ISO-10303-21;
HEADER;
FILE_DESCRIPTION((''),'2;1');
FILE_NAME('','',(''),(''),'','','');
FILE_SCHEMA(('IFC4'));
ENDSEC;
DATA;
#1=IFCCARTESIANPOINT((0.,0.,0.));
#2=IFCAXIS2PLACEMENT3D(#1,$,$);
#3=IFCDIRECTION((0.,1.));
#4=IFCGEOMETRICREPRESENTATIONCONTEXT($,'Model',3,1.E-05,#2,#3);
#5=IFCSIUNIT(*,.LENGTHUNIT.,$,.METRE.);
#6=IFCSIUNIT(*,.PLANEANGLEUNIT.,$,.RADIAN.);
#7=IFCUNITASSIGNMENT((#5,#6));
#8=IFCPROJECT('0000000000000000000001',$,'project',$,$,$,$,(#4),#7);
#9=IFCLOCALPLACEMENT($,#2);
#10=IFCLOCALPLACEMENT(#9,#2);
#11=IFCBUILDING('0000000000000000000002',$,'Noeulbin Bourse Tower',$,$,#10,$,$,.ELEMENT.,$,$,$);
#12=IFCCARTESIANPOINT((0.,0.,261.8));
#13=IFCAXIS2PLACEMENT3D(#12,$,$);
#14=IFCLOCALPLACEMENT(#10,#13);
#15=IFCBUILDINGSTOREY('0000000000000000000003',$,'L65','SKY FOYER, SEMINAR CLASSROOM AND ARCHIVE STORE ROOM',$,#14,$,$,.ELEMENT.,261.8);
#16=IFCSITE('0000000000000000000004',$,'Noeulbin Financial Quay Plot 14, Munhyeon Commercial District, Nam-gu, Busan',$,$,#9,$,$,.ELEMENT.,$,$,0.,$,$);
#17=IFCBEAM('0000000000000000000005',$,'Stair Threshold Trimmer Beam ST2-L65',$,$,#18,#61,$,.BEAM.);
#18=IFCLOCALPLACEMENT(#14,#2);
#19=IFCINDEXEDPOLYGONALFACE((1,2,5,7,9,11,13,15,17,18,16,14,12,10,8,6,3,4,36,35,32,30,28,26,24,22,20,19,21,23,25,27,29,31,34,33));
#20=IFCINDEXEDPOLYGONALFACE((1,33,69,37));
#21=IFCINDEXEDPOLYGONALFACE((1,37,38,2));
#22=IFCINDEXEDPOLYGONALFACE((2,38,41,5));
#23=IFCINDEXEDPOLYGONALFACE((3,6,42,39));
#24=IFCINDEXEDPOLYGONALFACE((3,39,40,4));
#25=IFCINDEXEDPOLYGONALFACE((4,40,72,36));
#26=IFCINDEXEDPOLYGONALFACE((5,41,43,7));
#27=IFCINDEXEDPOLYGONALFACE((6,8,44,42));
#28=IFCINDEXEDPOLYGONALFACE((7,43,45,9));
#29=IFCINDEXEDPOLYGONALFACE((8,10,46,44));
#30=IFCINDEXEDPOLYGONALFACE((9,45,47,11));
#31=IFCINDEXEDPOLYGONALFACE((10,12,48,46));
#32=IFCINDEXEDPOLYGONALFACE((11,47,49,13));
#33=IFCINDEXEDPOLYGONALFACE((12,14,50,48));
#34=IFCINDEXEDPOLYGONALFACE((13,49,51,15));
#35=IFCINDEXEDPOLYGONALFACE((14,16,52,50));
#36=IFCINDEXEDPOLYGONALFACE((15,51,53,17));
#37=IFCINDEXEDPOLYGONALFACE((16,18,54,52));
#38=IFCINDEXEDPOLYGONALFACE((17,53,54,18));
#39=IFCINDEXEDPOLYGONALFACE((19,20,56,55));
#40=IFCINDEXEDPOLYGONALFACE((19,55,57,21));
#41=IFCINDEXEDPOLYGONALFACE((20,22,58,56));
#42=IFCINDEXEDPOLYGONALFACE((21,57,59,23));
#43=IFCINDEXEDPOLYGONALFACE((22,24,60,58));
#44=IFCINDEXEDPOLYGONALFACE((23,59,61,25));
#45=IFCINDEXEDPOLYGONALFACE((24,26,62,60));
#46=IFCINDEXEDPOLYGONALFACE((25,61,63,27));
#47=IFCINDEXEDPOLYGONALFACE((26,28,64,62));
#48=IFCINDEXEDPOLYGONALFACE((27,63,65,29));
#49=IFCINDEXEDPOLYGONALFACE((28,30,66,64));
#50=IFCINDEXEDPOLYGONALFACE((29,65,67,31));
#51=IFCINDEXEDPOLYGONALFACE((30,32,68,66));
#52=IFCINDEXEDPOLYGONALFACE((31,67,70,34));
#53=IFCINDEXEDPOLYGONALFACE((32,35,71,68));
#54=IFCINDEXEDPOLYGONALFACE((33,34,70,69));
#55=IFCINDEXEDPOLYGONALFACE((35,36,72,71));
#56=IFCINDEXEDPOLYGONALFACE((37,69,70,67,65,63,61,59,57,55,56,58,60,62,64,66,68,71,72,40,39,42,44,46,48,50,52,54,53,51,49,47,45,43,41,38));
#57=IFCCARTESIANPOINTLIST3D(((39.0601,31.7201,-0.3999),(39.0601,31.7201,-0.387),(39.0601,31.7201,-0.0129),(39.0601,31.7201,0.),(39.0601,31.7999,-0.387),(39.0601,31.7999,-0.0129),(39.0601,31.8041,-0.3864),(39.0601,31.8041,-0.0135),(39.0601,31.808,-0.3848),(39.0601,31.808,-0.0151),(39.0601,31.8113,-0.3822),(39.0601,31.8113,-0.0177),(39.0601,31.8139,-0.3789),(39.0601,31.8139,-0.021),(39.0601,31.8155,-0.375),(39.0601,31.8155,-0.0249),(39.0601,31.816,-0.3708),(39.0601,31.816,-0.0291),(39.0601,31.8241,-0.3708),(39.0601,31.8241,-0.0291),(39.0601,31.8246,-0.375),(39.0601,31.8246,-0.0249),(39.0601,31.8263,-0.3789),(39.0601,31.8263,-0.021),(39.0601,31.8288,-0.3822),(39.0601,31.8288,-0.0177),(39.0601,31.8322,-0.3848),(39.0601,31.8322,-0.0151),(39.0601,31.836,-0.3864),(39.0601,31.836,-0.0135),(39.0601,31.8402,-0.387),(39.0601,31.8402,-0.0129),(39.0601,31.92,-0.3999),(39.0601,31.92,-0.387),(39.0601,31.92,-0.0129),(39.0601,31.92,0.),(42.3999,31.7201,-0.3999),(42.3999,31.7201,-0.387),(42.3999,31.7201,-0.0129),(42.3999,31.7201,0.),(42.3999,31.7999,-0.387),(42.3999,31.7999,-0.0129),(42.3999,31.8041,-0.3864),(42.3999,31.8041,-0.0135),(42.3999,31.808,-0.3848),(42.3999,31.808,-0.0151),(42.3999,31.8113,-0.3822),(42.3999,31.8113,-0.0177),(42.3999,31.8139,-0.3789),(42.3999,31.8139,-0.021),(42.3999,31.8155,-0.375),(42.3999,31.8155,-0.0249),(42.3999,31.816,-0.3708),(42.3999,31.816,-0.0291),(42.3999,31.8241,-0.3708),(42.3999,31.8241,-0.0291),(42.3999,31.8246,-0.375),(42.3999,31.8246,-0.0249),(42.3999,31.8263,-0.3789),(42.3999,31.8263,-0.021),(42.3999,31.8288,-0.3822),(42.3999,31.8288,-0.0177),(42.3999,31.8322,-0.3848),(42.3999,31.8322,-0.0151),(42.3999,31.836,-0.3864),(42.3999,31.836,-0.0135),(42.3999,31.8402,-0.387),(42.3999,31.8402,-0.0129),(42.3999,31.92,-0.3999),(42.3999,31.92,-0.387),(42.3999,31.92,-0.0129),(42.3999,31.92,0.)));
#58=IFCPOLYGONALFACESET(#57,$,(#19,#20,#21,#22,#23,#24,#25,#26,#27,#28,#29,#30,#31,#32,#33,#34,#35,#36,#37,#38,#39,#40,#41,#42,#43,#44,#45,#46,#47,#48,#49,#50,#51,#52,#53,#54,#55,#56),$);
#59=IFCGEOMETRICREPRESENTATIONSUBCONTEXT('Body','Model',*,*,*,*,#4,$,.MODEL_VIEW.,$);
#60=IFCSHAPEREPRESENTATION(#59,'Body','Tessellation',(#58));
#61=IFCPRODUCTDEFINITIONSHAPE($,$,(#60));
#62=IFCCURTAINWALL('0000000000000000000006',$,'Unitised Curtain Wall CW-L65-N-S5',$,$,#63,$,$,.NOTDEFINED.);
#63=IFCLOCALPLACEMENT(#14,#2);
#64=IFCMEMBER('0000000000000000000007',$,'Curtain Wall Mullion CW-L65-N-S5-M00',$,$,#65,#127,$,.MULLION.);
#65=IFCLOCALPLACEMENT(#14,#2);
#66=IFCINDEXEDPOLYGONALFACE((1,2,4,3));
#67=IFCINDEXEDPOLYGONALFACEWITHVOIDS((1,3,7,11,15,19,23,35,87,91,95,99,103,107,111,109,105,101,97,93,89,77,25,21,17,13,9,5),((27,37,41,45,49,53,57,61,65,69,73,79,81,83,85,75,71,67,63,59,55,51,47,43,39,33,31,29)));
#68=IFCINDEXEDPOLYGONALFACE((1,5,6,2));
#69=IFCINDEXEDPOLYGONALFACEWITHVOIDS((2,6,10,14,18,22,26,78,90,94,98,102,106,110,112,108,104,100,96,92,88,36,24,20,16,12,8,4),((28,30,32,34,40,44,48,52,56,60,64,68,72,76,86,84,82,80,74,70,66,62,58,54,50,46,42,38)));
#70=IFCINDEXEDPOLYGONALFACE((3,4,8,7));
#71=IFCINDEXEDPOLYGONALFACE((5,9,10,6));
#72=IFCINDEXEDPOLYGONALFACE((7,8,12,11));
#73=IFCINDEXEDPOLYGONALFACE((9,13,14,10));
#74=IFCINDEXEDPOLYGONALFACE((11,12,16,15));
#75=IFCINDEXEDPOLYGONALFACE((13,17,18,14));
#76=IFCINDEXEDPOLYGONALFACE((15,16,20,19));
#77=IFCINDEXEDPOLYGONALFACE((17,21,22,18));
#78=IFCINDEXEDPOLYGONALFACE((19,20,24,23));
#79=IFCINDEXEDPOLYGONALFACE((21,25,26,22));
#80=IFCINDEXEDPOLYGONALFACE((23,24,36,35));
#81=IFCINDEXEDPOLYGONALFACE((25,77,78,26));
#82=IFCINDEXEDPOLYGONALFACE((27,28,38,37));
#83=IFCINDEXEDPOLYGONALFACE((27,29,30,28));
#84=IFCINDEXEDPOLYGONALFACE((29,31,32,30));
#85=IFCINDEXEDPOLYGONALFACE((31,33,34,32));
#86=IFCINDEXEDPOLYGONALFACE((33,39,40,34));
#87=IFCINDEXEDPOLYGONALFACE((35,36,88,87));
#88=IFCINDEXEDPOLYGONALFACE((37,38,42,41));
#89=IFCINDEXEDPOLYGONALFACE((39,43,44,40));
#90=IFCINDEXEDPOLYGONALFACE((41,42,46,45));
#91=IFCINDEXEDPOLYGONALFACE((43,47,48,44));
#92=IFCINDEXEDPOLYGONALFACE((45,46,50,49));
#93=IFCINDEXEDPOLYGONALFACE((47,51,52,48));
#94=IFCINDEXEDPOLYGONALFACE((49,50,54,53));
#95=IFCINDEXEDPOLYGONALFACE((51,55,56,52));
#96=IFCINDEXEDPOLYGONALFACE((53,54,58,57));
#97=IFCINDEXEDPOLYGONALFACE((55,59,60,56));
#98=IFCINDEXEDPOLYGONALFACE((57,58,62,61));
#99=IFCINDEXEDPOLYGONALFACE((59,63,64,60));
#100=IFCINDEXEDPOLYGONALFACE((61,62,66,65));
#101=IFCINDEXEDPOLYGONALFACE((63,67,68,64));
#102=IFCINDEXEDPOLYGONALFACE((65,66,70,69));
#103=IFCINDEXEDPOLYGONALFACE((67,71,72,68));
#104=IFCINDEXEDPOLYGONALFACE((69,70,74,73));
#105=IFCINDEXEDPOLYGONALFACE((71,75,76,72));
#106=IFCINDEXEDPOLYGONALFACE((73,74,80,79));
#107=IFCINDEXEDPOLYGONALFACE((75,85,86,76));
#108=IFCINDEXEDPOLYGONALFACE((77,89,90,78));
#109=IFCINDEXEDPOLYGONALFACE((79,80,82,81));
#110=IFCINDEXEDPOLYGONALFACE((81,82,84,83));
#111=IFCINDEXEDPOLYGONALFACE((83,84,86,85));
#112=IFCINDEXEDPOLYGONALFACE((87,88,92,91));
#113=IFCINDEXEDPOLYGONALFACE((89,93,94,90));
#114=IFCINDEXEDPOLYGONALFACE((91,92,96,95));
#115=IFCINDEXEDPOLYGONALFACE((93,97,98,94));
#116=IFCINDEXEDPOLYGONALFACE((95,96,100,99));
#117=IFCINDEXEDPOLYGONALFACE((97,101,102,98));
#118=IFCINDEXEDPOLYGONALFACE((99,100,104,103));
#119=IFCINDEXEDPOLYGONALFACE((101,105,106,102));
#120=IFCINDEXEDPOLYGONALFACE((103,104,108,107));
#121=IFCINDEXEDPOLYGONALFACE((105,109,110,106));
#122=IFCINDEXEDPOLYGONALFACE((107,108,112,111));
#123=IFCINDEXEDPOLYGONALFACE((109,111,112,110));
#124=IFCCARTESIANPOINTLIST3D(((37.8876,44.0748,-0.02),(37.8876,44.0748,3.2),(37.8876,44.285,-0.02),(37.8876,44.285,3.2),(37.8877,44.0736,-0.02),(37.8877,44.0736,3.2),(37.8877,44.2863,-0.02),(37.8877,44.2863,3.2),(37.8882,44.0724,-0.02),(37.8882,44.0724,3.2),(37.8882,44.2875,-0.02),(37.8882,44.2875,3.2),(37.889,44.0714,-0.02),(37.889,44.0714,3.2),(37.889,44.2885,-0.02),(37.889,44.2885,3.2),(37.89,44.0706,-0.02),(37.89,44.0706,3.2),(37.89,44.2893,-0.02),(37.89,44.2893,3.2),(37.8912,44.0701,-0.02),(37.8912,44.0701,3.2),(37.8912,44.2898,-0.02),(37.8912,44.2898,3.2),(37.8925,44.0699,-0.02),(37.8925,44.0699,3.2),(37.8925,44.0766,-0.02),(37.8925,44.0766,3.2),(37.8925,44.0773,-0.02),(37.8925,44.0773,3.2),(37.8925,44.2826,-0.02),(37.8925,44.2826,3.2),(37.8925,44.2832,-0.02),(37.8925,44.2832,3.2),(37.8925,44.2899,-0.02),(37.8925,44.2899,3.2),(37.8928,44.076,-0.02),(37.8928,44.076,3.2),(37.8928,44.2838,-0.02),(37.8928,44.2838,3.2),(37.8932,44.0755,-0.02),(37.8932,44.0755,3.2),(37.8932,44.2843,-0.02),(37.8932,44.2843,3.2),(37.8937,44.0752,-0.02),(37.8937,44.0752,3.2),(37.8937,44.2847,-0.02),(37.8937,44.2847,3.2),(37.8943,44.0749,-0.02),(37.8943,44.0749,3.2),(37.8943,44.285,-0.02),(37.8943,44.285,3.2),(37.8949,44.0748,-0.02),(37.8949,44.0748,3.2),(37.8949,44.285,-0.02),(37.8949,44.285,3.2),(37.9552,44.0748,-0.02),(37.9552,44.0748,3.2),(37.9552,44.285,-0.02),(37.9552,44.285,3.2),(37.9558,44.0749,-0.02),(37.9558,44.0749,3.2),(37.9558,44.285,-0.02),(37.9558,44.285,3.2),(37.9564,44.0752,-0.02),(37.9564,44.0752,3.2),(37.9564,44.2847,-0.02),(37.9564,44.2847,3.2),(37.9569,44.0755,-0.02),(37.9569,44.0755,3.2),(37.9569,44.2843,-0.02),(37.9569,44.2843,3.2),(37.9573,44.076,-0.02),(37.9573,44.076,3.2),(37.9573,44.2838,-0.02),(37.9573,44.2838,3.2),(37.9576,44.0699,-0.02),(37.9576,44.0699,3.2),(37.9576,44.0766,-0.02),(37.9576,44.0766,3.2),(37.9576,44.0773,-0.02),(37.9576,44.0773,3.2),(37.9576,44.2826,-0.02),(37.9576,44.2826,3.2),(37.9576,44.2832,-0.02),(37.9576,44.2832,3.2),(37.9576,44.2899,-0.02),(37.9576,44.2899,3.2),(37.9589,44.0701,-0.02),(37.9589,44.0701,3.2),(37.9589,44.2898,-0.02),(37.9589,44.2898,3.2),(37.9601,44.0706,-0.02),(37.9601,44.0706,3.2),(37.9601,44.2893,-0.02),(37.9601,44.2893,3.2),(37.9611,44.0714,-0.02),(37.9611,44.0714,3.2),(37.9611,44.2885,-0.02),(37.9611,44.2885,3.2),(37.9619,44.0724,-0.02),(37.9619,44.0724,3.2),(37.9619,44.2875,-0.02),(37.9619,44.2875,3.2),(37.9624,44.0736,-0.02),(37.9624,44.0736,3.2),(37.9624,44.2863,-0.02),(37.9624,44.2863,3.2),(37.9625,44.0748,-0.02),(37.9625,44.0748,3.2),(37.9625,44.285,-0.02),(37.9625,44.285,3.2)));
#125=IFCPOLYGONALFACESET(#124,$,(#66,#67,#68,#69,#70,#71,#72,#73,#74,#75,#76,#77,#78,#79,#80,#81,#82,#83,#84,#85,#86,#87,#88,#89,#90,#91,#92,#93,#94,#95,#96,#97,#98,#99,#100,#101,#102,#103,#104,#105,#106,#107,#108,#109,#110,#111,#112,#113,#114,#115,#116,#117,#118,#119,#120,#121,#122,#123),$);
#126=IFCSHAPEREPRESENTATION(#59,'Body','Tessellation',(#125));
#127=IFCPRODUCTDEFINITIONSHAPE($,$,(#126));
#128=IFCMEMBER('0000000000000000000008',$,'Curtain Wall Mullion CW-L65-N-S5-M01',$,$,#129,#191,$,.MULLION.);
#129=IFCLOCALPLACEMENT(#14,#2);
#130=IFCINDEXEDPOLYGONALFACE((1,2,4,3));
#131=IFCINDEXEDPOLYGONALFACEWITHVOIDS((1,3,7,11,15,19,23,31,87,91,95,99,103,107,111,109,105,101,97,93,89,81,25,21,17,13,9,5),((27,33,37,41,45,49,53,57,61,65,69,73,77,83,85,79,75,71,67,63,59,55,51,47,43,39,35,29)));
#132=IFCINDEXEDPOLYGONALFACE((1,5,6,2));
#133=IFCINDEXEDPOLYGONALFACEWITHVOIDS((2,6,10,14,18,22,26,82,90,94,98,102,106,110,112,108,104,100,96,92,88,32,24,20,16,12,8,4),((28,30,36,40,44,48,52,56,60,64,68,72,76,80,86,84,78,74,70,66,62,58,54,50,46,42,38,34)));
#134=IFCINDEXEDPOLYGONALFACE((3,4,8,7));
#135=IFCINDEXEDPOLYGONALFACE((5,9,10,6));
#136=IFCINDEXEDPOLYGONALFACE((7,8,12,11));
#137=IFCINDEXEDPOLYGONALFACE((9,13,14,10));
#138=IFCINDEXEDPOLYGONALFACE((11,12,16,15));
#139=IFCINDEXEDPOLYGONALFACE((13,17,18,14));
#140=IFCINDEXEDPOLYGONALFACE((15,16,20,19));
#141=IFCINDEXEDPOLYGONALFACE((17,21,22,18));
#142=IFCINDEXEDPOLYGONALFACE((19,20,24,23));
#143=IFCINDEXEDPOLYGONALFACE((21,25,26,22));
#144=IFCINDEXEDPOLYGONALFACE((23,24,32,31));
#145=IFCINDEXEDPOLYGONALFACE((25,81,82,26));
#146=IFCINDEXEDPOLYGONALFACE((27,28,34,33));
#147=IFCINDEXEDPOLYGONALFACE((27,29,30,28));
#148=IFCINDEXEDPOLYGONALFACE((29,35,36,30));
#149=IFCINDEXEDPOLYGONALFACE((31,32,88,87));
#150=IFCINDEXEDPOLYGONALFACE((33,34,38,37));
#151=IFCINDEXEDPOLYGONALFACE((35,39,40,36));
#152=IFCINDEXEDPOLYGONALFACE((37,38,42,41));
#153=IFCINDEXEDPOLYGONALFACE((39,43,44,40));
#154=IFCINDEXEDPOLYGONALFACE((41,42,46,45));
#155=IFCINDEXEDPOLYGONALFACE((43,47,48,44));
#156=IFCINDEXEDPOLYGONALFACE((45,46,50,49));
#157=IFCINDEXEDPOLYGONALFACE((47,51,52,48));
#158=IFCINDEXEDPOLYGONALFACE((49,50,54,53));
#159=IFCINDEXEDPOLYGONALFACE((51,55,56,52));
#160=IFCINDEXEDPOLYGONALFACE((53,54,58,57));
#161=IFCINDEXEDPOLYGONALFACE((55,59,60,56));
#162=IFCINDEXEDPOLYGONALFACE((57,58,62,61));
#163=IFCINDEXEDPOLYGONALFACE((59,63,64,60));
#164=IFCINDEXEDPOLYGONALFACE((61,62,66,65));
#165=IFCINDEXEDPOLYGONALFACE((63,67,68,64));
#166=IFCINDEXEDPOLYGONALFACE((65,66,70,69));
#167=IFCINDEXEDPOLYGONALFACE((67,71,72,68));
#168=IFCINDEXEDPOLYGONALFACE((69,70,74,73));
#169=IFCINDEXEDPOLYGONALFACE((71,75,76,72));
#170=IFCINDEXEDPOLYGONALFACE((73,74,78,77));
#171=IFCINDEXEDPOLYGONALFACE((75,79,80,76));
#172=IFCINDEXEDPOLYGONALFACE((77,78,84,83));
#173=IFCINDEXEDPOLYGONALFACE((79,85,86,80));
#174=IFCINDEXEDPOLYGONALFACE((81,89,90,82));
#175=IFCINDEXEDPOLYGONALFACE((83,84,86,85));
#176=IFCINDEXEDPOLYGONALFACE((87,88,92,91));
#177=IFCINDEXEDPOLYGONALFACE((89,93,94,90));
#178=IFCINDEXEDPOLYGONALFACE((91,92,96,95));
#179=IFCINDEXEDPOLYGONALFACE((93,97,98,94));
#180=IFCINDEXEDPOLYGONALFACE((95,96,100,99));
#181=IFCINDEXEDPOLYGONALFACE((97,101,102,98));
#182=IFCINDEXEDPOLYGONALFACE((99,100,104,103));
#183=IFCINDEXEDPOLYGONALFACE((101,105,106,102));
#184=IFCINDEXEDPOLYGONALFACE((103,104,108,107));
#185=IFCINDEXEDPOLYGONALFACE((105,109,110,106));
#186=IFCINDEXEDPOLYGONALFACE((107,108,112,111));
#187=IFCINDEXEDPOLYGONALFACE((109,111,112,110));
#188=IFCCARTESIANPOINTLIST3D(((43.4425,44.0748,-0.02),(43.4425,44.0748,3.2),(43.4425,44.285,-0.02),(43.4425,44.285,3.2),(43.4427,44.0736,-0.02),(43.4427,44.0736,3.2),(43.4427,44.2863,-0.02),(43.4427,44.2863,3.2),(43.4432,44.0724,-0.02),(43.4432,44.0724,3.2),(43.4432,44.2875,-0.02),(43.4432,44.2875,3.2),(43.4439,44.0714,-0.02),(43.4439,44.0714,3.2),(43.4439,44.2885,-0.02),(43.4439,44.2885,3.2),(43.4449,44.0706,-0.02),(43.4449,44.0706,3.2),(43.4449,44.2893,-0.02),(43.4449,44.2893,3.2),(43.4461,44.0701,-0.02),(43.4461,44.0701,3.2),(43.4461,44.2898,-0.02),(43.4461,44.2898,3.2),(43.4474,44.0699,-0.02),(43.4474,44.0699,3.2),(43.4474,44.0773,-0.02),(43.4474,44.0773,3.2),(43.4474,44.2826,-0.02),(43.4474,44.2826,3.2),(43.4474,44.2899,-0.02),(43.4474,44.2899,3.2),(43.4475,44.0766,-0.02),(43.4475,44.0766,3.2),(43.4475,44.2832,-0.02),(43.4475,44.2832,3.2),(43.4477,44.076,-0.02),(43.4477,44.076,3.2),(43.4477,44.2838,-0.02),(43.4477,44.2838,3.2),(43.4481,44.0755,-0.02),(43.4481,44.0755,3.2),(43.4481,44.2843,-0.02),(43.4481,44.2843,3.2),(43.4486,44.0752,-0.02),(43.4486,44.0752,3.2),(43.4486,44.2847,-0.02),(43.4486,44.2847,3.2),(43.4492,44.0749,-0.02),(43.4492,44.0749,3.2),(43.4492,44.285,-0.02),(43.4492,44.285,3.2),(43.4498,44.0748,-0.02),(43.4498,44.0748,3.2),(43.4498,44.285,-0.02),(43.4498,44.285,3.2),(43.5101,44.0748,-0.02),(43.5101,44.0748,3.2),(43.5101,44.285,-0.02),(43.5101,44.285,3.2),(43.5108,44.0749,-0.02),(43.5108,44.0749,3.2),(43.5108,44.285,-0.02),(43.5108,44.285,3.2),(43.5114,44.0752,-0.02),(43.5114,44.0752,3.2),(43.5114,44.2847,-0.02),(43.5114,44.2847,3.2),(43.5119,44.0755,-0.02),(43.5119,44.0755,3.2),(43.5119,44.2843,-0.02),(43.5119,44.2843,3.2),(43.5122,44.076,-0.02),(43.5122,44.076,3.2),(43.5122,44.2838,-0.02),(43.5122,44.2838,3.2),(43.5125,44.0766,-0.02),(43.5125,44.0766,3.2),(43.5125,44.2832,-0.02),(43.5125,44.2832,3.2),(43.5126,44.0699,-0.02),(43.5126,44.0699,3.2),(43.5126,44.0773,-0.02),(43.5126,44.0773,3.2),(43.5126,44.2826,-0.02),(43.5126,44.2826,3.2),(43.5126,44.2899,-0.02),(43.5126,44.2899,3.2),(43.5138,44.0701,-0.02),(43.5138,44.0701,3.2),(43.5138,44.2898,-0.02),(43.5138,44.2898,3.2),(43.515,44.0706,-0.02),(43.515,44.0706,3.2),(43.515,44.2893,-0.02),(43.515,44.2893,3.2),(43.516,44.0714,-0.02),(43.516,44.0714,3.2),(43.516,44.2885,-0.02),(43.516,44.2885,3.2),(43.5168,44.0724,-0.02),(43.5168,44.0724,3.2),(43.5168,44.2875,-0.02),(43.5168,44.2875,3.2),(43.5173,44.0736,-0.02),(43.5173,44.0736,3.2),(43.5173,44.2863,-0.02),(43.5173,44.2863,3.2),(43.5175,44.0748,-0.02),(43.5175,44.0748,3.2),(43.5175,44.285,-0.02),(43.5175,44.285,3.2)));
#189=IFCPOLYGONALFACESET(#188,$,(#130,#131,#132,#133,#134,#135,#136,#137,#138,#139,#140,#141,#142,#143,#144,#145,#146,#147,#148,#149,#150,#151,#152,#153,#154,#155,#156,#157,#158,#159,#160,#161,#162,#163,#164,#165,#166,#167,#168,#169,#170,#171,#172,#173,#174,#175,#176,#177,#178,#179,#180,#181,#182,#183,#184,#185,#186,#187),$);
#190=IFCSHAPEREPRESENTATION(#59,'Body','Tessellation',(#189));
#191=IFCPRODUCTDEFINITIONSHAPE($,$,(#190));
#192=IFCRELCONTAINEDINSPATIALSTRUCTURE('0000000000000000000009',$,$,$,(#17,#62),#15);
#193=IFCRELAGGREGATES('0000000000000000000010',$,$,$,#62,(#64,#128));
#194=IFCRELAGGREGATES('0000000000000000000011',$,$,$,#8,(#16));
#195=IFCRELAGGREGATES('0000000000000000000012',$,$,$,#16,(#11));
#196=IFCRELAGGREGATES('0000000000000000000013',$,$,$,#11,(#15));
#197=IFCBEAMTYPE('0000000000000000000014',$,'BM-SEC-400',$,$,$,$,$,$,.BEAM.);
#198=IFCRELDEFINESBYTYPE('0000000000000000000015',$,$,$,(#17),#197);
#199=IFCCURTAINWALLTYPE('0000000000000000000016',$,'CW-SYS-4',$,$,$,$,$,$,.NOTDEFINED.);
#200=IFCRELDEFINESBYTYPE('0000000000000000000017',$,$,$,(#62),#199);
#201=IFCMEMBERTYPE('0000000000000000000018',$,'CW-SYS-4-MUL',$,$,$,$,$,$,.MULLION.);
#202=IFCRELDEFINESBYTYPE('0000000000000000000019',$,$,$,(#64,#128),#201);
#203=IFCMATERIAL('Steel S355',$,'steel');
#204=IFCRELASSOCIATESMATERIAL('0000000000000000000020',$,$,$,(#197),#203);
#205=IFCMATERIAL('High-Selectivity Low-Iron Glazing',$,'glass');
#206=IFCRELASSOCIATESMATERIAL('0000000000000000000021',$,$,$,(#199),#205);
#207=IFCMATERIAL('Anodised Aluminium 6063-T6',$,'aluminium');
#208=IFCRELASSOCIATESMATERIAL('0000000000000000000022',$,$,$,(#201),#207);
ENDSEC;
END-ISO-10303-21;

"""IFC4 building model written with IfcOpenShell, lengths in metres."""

from ifc_helpers import new_model, si_unit, direction, frame, origin, origin_2d, place, context, subcontext, project, spatial, hollow_rectangle, i_section, extrude, material, material_profile, profile_set, type_object, element, aggregate, save


model = new_model("IFC4")

# Units and contexts
model_context = context("Model", 3, precision=1e-05, world=origin(), true_north=direction((0.0, 1.0)))
body_context = subcontext(model_context, "Body", "Model", "MODEL_VIEW")
ifc_project = project(units=[si_unit("LENGTHUNIT", "METRE"), si_unit("PLANEANGLEUNIT", "RADIAN")], contexts=[model_context])

# Site, building, storey
site_placement = place(None, origin())
site = spatial("IfcSite", under=ifc_project, at=site_placement, Name="Noeulbin Financial Quay Plot 14, Munhyeon Commercial District, Nam-gu, Busan", CompositionType="ELEMENT", RefElevation=0.0)
building_placement = place(site_placement, origin())
building = spatial("IfcBuilding", under=site, at=building_placement, Name="Noeulbin Bourse Tower", CompositionType="ELEMENT")
storey_placement = place(building_placement, frame((0.0, 0.0, 261.8)))
storey = spatial("IfcBuildingStorey", under=building, at=storey_placement, Name="L65", Description="SKY FOYER, SEMINAR CLASSROOM AND ARCHIVE STORE ROOM", CompositionType="ELEMENT", Elevation=261.8)

# Shared definitions
ifc_material_1 = material(Name="Steel S355", Category="steel")

# Beam
ifc_material_profile_1 = material_profile(ifc_material_1, i_section(OverallWidth=0.2, OverallDepth=0.3999, WebThickness=0.0081, FlangeThickness=0.0129, FilletRadius=0.0161, at=origin_2d()), Name="H-400x200x8x13", Category="LoadBearing")
ifc_profile_set_1 = profile_set([ifc_material_profile_1], Name="Steel S355")
beam_type_1 = type_object("IfcBeamType", Name="BM-SEC-400", PredefinedType="BEAM", material=ifc_profile_set_1)
beam_1_placement = place(storey_placement, frame((39.0601, 31.8201, -0.2), z_axis=(1.0, 0.0, 0.0), x_axis=(0.0, 1.0, 0.0)))
element("IfcBeam", 1, at=beam_1_placement, inside=storey, type_object=beam_type_1, Name="Stair Threshold Trimmer Beam ST2-L65", PredefinedType="BEAM", context=body_context, shape_type="SweptSolid", body=[
    extrude(i_section(OverallWidth=0.2, OverallDepth=0.3999, WebThickness=0.0081, FlangeThickness=0.0129, FilletRadius=0.0161, at=origin_2d()), origin(), (0.0, 0.0, 1.0), 3.3398),
])

# Curtain wall, members
ifc_material_2 = material(Name="High-Selectivity Low-Iron Glazing", Category="glass")
curtain_wall_type = type_object("IfcCurtainWallType", Name="CW-SYS-4", PredefinedType="NOTDEFINED", material=ifc_material_2)
curtain_wall_1_placement = place(storey_placement, origin())
curtain_wall_1 = element("IfcCurtainWall", 2, at=curtain_wall_1_placement, inside=storey, type_object=curtain_wall_type, Name="Unitised Curtain Wall CW-L65-N-S5", PredefinedType="NOTDEFINED")
ifc_material_3 = material(Name="Anodised Aluminium 6063-T6", Category="aluminium")
ifc_material_profile_2 = material_profile(ifc_material_3, hollow_rectangle(XDim=0.075, YDim=0.22, WallThickness=0.0049, InnerFilletRadius=0.0024, OuterFilletRadius=0.0049, at=origin_2d()), Name="ALU-MULL-75x220x5", Category="LoadBearing")
ifc_profile_set_2 = profile_set([ifc_material_profile_2], Name="Anodised Aluminium 6063-T6")
member_type_1 = type_object("IfcMemberType", Name="CW-SYS-4-MUL", PredefinedType="MULLION", material=ifc_profile_set_2)
member_1_placement = place(storey_placement, frame((37.925, 44.1799, -0.02), z_axis=(0.0, 0.0, 1.0), x_axis=(1.0, 0.0, 0.0)))
member_1 = element("IfcMember", 3, at=member_1_placement, type_object=member_type_1, Name="Curtain Wall Mullion CW-L65-N-S5-M00", PredefinedType="MULLION", context=body_context, shape_type="SweptSolid", body=[
    extrude(hollow_rectangle(XDim=0.075, YDim=0.22, WallThickness=0.0049, InnerFilletRadius=0.0024, OuterFilletRadius=0.0049, at=origin_2d()), origin(), (0.0, 0.0, 1.0), 3.22),
])
member_2_placement = place(storey_placement, frame((43.48, 44.1799, -0.02), z_axis=(0.0, 0.0, 1.0), x_axis=(1.0, 0.0, 0.0)))
member_2 = element("IfcMember", 4, at=member_2_placement, type_object=member_type_1, Name="Curtain Wall Mullion CW-L65-N-S5-M01", PredefinedType="MULLION", context=body_context, shape_type="SweptSolid", body=[
    extrude(hollow_rectangle(XDim=0.075, YDim=0.22, WallThickness=0.0049, InnerFilletRadius=0.0024, OuterFilletRadius=0.0049, at=origin_2d()), origin(), (0.0, 0.0, 1.0), 3.22),
])

aggregate(curtain_wall_1, [member_1, member_2])

save(model, "model.ifc")
